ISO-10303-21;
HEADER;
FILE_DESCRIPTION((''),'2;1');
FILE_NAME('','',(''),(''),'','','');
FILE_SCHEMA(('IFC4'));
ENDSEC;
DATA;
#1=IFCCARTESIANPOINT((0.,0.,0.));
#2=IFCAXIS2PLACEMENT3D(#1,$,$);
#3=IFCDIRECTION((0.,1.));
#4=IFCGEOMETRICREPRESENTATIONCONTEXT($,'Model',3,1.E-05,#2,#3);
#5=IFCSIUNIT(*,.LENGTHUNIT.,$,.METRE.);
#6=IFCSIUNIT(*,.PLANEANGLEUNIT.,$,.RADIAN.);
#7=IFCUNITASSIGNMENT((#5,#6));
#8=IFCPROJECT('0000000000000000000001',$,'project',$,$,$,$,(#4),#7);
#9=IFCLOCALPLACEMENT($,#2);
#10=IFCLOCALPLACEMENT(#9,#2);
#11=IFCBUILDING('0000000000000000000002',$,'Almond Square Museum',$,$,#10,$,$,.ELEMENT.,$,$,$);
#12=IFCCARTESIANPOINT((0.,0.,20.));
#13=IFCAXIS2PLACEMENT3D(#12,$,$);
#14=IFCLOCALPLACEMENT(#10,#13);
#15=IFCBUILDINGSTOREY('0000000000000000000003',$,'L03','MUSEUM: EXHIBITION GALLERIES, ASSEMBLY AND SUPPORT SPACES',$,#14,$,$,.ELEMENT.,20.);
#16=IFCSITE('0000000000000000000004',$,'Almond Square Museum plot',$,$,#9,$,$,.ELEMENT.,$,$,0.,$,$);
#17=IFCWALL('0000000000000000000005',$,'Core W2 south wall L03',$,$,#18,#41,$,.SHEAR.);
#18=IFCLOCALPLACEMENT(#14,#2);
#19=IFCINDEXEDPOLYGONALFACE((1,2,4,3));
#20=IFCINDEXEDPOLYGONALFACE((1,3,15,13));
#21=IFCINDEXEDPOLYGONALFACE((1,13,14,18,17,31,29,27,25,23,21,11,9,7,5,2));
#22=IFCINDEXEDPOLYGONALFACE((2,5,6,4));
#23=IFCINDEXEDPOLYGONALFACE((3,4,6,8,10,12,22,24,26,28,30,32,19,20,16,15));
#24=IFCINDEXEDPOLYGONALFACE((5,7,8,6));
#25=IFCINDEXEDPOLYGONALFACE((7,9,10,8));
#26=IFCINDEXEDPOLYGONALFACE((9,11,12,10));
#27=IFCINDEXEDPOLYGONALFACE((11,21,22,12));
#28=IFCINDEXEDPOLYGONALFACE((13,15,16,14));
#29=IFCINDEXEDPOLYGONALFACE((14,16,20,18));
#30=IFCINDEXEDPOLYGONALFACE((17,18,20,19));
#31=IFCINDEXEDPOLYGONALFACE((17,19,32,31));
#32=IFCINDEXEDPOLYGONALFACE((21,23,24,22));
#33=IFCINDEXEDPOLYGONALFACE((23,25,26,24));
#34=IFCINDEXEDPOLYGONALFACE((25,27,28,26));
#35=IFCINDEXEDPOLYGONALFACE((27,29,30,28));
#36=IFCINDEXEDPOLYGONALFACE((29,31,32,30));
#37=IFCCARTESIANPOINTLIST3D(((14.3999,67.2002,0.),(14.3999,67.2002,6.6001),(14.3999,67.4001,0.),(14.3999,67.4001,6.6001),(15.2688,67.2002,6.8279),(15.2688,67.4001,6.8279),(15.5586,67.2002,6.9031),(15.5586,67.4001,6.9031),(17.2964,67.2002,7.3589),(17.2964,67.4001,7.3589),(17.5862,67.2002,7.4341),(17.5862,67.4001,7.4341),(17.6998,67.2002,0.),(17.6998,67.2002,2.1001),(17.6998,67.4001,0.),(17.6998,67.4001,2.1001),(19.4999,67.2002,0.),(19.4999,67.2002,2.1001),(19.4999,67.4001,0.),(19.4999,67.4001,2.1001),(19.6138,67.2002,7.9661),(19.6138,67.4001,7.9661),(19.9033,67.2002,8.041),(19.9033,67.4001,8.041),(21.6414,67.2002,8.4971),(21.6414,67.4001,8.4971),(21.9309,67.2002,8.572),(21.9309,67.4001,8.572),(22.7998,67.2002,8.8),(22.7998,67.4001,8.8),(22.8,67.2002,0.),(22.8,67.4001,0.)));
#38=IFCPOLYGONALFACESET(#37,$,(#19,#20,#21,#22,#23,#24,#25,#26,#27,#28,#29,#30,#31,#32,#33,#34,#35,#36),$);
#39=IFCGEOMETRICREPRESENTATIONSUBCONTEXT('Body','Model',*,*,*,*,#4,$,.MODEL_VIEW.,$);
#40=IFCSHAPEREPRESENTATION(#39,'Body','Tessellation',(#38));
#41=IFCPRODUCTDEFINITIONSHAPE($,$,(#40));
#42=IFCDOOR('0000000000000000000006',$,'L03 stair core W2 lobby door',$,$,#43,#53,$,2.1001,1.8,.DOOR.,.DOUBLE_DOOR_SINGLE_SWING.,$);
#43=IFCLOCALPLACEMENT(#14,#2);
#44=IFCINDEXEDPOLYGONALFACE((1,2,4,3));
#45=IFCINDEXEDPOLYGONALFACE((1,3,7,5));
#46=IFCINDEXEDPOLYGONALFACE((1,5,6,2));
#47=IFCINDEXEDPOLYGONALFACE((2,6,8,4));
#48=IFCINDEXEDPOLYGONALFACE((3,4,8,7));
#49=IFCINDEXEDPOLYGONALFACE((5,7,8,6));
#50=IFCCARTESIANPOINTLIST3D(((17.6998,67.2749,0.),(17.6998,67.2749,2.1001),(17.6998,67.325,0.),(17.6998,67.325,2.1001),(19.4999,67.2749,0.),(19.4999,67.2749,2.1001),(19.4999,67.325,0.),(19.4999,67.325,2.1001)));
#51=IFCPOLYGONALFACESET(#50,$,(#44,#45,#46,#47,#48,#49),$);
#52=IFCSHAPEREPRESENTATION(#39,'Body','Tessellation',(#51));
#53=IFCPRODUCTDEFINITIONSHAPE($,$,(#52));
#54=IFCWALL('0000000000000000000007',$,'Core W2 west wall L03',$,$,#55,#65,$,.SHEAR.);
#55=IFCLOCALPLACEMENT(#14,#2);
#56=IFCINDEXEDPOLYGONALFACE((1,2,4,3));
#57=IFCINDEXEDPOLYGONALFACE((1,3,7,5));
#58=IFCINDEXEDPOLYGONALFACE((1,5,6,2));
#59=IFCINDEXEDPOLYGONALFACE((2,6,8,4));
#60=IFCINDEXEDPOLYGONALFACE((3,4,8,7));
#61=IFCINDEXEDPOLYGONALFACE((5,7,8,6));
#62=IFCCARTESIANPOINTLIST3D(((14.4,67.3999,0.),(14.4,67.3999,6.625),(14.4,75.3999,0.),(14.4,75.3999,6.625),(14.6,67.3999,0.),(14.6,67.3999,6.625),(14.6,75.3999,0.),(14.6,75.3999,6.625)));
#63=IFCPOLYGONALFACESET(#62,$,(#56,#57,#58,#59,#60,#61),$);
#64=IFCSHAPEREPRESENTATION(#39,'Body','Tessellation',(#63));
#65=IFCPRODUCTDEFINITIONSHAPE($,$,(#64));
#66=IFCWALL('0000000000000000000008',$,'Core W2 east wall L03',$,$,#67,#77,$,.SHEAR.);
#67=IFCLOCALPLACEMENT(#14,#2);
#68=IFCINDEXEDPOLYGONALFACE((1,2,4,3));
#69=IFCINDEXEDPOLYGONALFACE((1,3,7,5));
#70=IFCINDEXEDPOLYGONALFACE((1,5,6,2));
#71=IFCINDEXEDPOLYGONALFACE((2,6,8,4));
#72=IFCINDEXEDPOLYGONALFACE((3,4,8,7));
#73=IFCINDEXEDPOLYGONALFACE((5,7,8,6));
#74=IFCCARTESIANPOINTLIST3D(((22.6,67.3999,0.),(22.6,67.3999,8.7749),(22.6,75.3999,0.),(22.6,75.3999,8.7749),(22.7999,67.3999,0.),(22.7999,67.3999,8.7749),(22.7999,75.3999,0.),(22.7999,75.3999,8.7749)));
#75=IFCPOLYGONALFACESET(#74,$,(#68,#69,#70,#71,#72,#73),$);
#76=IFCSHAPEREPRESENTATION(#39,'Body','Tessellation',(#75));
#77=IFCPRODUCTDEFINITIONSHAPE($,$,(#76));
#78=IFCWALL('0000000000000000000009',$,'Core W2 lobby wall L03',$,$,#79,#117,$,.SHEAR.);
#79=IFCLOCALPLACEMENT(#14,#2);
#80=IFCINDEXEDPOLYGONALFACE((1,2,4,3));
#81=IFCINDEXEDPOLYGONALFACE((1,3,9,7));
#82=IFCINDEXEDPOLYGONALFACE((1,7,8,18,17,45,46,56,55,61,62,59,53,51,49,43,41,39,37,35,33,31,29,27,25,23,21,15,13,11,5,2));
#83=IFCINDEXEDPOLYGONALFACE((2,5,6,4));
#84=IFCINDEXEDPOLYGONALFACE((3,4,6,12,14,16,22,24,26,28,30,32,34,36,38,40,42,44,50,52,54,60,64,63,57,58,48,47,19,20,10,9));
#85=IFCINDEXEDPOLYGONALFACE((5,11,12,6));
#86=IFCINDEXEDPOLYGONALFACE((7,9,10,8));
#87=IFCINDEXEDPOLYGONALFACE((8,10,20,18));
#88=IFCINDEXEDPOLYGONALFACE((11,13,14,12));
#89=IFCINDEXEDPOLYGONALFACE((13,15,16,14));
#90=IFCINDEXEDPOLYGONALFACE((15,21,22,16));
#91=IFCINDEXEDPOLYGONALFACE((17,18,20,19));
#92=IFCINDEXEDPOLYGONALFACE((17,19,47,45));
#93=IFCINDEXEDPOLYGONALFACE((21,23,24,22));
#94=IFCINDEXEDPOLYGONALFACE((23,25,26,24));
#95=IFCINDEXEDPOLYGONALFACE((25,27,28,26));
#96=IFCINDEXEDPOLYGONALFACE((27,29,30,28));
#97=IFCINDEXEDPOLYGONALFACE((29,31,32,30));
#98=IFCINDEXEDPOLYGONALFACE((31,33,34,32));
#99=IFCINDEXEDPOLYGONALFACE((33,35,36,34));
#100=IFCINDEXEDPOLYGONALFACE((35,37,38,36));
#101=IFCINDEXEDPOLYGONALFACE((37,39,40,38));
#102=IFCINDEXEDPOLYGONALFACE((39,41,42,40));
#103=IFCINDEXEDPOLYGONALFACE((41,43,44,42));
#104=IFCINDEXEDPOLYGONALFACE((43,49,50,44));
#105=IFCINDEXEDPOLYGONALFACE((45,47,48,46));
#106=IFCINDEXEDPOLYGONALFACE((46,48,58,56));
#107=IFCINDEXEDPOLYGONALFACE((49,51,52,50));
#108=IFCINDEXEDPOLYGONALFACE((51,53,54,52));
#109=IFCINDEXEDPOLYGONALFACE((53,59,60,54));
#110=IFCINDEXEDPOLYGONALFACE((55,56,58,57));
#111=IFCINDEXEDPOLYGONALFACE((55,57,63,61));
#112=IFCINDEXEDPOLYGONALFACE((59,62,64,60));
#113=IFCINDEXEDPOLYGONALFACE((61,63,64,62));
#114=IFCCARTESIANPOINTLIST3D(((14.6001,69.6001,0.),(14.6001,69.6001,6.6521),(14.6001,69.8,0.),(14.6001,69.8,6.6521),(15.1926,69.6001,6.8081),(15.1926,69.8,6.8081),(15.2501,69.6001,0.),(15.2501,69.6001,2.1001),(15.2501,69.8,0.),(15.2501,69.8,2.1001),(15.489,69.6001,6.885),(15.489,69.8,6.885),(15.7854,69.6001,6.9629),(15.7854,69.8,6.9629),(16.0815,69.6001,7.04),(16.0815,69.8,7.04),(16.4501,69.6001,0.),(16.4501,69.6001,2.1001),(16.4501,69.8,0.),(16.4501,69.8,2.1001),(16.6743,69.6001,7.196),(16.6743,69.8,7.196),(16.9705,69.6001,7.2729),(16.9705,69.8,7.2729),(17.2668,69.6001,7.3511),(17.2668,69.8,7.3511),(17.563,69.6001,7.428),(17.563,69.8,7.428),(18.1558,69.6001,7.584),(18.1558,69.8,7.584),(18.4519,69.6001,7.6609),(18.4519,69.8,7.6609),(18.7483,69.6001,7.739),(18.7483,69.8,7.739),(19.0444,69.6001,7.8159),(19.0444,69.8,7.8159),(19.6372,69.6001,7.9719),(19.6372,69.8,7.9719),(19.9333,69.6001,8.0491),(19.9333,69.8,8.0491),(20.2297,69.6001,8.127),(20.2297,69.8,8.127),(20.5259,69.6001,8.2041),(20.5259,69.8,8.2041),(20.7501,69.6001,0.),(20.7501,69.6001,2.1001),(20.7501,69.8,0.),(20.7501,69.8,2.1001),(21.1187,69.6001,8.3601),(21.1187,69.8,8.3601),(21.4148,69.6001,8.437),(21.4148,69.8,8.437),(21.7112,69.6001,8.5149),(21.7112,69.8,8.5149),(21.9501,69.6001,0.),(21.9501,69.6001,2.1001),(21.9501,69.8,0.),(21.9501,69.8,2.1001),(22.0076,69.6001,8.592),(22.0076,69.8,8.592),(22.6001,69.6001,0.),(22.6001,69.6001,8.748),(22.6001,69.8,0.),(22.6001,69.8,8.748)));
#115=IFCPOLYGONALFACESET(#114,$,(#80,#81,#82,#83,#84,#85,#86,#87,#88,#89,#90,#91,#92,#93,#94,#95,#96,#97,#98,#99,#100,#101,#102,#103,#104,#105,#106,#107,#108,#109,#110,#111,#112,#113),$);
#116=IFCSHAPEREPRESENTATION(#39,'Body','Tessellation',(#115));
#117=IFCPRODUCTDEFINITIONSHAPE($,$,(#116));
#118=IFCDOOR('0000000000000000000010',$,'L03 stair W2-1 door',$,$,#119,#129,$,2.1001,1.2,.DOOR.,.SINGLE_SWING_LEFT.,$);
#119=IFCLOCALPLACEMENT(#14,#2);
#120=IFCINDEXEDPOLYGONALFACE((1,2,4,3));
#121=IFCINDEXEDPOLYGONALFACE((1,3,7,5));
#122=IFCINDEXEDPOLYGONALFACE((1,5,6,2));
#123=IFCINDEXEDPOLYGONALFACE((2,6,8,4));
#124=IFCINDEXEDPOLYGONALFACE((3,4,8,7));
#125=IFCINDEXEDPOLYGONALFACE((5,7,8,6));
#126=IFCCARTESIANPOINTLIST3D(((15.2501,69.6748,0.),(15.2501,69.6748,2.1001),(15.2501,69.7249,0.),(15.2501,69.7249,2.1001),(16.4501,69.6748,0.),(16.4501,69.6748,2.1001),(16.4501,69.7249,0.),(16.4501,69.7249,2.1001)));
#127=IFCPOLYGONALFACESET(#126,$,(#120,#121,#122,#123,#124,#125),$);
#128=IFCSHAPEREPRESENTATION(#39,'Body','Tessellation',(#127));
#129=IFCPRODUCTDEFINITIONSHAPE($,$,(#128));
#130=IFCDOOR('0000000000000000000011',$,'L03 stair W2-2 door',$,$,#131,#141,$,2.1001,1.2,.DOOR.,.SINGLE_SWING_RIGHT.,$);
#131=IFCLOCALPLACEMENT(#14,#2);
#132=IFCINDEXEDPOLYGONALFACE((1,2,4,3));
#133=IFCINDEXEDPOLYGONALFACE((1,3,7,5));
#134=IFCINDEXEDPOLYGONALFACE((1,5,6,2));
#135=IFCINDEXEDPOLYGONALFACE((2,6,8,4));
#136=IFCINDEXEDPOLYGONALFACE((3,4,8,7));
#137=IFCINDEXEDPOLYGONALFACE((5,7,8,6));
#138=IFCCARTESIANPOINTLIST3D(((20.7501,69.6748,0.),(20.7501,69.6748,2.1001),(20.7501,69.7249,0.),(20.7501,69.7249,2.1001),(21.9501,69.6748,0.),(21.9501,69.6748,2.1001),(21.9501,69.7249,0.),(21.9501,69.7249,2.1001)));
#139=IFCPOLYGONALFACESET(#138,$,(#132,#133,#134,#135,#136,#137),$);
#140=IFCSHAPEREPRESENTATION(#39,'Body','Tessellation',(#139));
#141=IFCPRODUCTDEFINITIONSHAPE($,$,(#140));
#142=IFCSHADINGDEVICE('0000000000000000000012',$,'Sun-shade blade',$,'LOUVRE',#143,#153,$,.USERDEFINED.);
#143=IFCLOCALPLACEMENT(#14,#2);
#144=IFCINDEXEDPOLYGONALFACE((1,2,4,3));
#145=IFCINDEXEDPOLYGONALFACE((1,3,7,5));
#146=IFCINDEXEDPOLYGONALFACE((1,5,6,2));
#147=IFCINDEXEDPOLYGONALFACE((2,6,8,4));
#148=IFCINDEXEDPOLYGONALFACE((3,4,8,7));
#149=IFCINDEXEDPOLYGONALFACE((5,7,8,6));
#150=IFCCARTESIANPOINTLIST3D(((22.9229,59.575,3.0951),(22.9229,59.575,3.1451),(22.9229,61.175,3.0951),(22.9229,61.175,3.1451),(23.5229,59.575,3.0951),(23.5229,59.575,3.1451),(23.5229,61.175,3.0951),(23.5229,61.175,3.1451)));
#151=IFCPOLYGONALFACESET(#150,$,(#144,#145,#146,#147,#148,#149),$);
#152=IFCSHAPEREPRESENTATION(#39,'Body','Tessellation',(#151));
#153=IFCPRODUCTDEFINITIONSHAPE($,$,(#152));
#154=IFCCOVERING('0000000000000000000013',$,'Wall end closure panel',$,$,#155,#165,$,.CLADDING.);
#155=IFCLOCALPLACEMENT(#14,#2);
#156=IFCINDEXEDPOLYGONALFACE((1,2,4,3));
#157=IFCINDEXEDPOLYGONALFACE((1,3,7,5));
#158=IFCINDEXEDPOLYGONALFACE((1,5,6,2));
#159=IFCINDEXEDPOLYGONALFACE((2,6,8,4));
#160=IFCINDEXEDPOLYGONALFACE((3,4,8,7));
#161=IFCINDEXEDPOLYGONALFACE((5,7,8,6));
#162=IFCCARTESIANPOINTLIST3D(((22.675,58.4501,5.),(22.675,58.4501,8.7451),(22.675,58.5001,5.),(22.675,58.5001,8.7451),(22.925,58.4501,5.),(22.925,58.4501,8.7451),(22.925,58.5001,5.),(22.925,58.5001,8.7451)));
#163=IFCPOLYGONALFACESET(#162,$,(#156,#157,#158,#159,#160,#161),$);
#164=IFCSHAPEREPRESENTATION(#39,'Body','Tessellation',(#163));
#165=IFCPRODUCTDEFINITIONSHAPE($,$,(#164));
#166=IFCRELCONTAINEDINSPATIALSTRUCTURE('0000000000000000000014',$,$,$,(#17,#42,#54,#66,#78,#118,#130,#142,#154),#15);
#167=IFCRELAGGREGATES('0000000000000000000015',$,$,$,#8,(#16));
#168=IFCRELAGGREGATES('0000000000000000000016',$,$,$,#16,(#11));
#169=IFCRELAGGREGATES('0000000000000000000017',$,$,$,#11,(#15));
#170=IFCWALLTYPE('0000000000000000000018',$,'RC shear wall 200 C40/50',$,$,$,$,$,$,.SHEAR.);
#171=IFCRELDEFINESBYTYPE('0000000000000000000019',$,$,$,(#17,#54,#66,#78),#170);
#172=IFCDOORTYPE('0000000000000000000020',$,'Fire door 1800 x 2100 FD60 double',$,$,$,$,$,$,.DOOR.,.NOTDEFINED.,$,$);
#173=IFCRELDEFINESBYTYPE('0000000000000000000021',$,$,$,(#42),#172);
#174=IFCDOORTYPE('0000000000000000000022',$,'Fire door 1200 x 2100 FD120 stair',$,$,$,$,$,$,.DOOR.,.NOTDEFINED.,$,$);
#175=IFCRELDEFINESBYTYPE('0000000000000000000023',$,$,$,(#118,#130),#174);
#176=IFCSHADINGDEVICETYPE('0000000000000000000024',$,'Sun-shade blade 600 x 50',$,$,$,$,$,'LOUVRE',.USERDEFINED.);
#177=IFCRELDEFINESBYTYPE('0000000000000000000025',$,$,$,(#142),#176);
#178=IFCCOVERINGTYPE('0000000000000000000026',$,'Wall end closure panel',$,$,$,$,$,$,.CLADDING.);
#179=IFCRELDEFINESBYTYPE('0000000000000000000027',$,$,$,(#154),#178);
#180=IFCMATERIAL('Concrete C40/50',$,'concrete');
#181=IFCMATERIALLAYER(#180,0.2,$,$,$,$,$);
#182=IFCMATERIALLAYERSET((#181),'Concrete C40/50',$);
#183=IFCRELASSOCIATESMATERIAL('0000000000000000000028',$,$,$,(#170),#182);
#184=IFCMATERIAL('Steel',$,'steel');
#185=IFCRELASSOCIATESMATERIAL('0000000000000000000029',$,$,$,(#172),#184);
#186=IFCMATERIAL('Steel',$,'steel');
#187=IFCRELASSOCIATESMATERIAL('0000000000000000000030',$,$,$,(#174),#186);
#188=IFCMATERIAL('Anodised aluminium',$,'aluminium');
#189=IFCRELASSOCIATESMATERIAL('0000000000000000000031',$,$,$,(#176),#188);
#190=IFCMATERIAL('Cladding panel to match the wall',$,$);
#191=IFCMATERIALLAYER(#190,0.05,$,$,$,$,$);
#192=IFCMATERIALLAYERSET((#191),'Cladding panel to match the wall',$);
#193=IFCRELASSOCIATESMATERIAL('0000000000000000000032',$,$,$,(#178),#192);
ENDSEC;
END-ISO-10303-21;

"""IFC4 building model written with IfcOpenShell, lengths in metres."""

from ifc_helpers import new_model, si_unit, direction, frame, frame_2d, origin, origin_2d, place, context, subcontext, project, spatial, polyline, rectangle, outline, extrude, material, layer, layer_set, material_profile, profile_set, type_object, element, fill, save


model = new_model("IFC4")

# Units and contexts
model_context = context("Model", 3, precision=1e-05, world=origin(), true_north=direction((0.0, 1.0)))
body_context = subcontext(model_context, "Body", "Model", "MODEL_VIEW")
ifc_project = project(units=[si_unit("LENGTHUNIT", "METRE"), si_unit("PLANEANGLEUNIT", "RADIAN")], contexts=[model_context])

# Site, building, storey
site_placement = place(None, origin())
site = spatial("IfcSite", under=ifc_project, at=site_placement, Name="Almond Square Museum plot", CompositionType="ELEMENT", RefElevation=0.0)
building_placement = place(site_placement, origin())
building = spatial("IfcBuilding", under=site, at=building_placement, Name="Almond Square Museum", CompositionType="ELEMENT")
storey_placement = place(building_placement, frame((0.0, 0.0, 20.0)))
storey = spatial("IfcBuildingStorey", under=building, at=storey_placement, Name="L03", Description="MUSEUM: EXHIBITION GALLERIES, ASSEMBLY AND SUPPORT SPACES", CompositionType="ELEMENT", Elevation=20.0)

# Wall, opening, door
ifc_material_1 = material(Name="Concrete C40/50", Category="concrete")
ifc_layer_1 = layer(ifc_material_1, 0.2)
ifc_layer_set_1 = layer_set([ifc_layer_1], Name="Concrete C40/50")
wall_type_1 = type_object("IfcWallType", Name="RC shear wall 200 C40/50", PredefinedType="SHEAR", material=ifc_layer_set_1)
wall_1_placement = place(storey_placement, frame((14.3999, 67.3, 0.0), z_axis=(0.0, 0.0, 1.0), x_axis=(1.0, 0.0, 0.0)))
wall_1 = element("IfcWall", 1, at=wall_1_placement, inside=storey, type_object=wall_type_1, Name="Core W2 south wall L03", PredefinedType="SHEAR", context=body_context, shape_type="SweptSolid", body=[
    extrude(outline(polyline([(0.0, 0.0), (8.4001, 0.0), (8.3999, 8.8), (7.531, 8.572), (7.2415, 8.4971), (5.5034, 8.041), (5.2139, 7.9661), (3.1863, 7.4341), (2.8965, 7.3589), (1.1587, 6.9031), (0.8689, 6.8279), (0.0, 6.6001), (0.0, 0.0)])), frame((0.0, 0.1001, 0.0), z_axis=(0.0, -1.0, 0.0), x_axis=(1.0, 0.0, 0.0)), (0.0, 0.0, 1.0), 0.2),
])
opening_1_placement = place(wall_1_placement, frame((3.3, 0.0, 0.0)))
opening_1 = element("IfcOpeningElement", 2, at=opening_1_placement, cuts=wall_1, PredefinedType="OPENING", context=body_context, shape_type="SweptSolid", body=[
    extrude(rectangle(XDim=1.8, YDim=2.1001, at=frame_2d((0.8999, 1.05))), frame((0.0, 0.1099, 0.0), z_axis=(0.0, -1.0, 0.0), x_axis=(1.0, 0.0, 0.0)), (0.0, 0.0, 1.0), 0.22),
])
ifc_material_2 = material(Name="Steel", Category="steel")
door_type_1 = type_object("IfcDoorType", Name="Fire door 1800 x 2100 FD60 double", OperationType="NOTDEFINED", PredefinedType="DOOR", material=ifc_material_2)
door_1_placement = place(opening_1_placement, origin())
door_1 = element("IfcDoor", 3, at=door_1_placement, inside=storey, type_object=door_type_1, Name="L03 stair core W2 lobby door", OperationType="DOUBLE_DOOR_SINGLE_SWING", OverallHeight=2.1001, OverallWidth=1.8, PredefinedType="DOOR", context=body_context, shape_type="SweptSolid", body=[
    extrude(rectangle(XDim=1.8, YDim=2.1001, at=frame_2d((0.8999, 1.05))), frame((0.0, 0.0249, 0.0), z_axis=(0.0, -1.0, 0.0), x_axis=(1.0, 0.0, 0.0)), (0.0, 0.0, 1.0), 0.05),
])
fill(opening_1, door_1)

# Walls
wall_2_placement = place(storey_placement, frame((14.5, 67.3999, 0.0), z_axis=(0.0, 0.0, 1.0), x_axis=(0.0, 1.0, 0.0)))
element("IfcWall", 4, at=wall_2_placement, inside=storey, type_object=wall_type_1, Name="Core W2 west wall L03", PredefinedType="SHEAR", context=body_context, shape_type="SweptSolid", body=[
    extrude(rectangle(XDim=8.0, YDim=0.2, at=frame_2d((4.0, 0.0))), origin(), (0.0, 0.0, 1.0), 6.625),
])
wall_3_placement = place(storey_placement, frame((22.7, 67.3999, 0.0), z_axis=(0.0, 0.0, 1.0), x_axis=(0.0, 1.0, 0.0)))
element("IfcWall", 5, at=wall_3_placement, inside=storey, type_object=wall_type_1, Name="Core W2 east wall L03", PredefinedType="SHEAR", context=body_context, shape_type="SweptSolid", body=[
    extrude(rectangle(XDim=8.0, YDim=0.2, at=frame_2d((4.0, 0.0))), origin(), (0.0, 0.0, 1.0), 8.7749),
])

# Wall, openings, doors
wall_4_placement = place(storey_placement, frame((14.6001, 69.7, 0.0), z_axis=(0.0, 0.0, 1.0), x_axis=(1.0, 0.0, 0.0)))
wall_4 = element("IfcWall", 6, at=wall_4_placement, inside=storey, type_object=wall_type_1, Name="Core W2 lobby wall L03", PredefinedType="SHEAR", context=body_context, shape_type="SweptSolid", body=[
    extrude(outline(polyline([(0.0, 0.0), (8.0, 0.0), (8.0, 8.748), (7.4075, 8.592), (7.1111, 8.5149), (6.8147, 8.437), (6.5186, 8.3601), (5.9258, 8.2041), (5.6296, 8.127), (5.3333, 8.0491), (5.0371, 7.9719), (4.4443, 7.8159), (4.1482, 7.739), (3.8518, 7.6609), (3.5557, 7.584), (2.9629, 7.428), (2.6667, 7.3511), (2.3704, 7.2729), (2.0742, 7.196), (1.4814, 7.04), (1.1853, 6.9629), (0.8889, 6.885), (0.5925, 6.8081), (0.0, 6.6521), (0.0, 0.0)])), frame((0.0, 0.1001, 0.0), z_axis=(0.0, -1.0, 0.0), x_axis=(1.0, 0.0, 0.0)), (0.0, 0.0, 1.0), 0.2),
])
opening_2_placement = place(wall_4_placement, frame((0.6499, 0.0, 0.0)))
opening_2 = element("IfcOpeningElement", 7, at=opening_2_placement, cuts=wall_4, PredefinedType="OPENING", context=body_context, shape_type="SweptSolid", body=[
    extrude(rectangle(XDim=1.2, YDim=2.1001, at=frame_2d((0.6001, 1.05))), frame((0.0, 0.1099, 0.0), z_axis=(0.0, -1.0, 0.0), x_axis=(1.0, 0.0, 0.0)), (0.0, 0.0, 1.0), 0.22),
])
opening_3_placement = place(wall_4_placement, frame((6.1499, 0.0, 0.0)))
opening_3 = element("IfcOpeningElement", 8, at=opening_3_placement, cuts=wall_4, PredefinedType="OPENING", context=body_context, shape_type="SweptSolid", body=[
    extrude(rectangle(XDim=1.2, YDim=2.1001, at=frame_2d((0.6001, 1.05))), frame((0.0, 0.1099, 0.0), z_axis=(0.0, -1.0, 0.0), x_axis=(1.0, 0.0, 0.0)), (0.0, 0.0, 1.0), 0.22),
])
ifc_material_3 = material(Name="Steel", Category="steel")
door_type_2 = type_object("IfcDoorType", Name="Fire door 1200 x 2100 FD120 stair", OperationType="NOTDEFINED", PredefinedType="DOOR", material=ifc_material_3)
door_2_placement = place(opening_2_placement, origin())
door_2 = element("IfcDoor", 9, at=door_2_placement, inside=storey, type_object=door_type_2, Name="L03 stair W2-1 door", OperationType="SINGLE_SWING_LEFT", OverallHeight=2.1001, OverallWidth=1.2, PredefinedType="DOOR", context=body_context, shape_type="SweptSolid", body=[
    extrude(rectangle(XDim=1.2, YDim=2.1001, at=frame_2d((0.6001, 1.05))), frame((0.0, 0.0249, 0.0), z_axis=(0.0, -1.0, 0.0), x_axis=(1.0, 0.0, 0.0)), (0.0, 0.0, 1.0), 0.05),
])
fill(opening_2, door_2)
door_3_placement = place(opening_3_placement, origin())
door_3 = element("IfcDoor", 10, at=door_3_placement, inside=storey, type_object=door_type_2, Name="L03 stair W2-2 door", OperationType="SINGLE_SWING_RIGHT", OverallHeight=2.1001, OverallWidth=1.2, PredefinedType="DOOR", context=body_context, shape_type="SweptSolid", body=[
    extrude(rectangle(XDim=1.2, YDim=2.1001, at=frame_2d((0.6001, 1.05))), frame((0.0, 0.0249, 0.0), z_axis=(0.0, -1.0, 0.0), x_axis=(1.0, 0.0, 0.0)), (0.0, 0.0, 1.0), 0.05),
])
fill(opening_3, door_3)

# Shading device
ifc_material_4 = material(Name="Anodised aluminium", Category="aluminium")
ifc_material_profile_1 = material_profile(ifc_material_4, rectangle(XDim=0.6001, YDim=0.05, at=origin_2d()))
ifc_profile_set_1 = profile_set([ifc_material_profile_1], Name="Anodised aluminium")
shading_device_type = type_object("IfcShadingDeviceType", Name="Sun-shade blade 600 x 50", ElementType="LOUVRE", PredefinedType="USERDEFINED", material=ifc_profile_set_1)
shading_device_placement = place(storey_placement, frame((23.2229, 59.575, 3.1201), z_axis=(0.0, 1.0, 0.0), x_axis=(-1.0, 0.0, 0.0)))
element("IfcShadingDevice", 11, at=shading_device_placement, inside=storey, type_object=shading_device_type, Name="Sun-shade blade", ObjectType="LOUVRE", PredefinedType="USERDEFINED", context=body_context, shape_type="SweptSolid", body=[
    extrude(rectangle(XDim=0.6001, YDim=0.05, at=origin_2d()), origin(), (0.0, 0.0, 1.0), 1.6001),
])

# Covering
ifc_material_5 = material(Name="Cladding panel to match the wall")
ifc_layer_2 = layer(ifc_material_5, 0.05)
ifc_layer_set_2 = layer_set([ifc_layer_2], Name="Cladding panel to match the wall")
covering_type = type_object("IfcCoveringType", Name="Wall end closure panel", PredefinedType="CLADDING", material=ifc_layer_set_2)
for number, where, z_axis, x_axis, name in (
    (12, (22.8, 58.4751, 5.0), (0.0, 0.0, 1.0), (1.0, 0.0, 0.0), "Wall end closure panel"),
):
    element("IfcCovering", number, at=place(storey_placement, frame(where, z_axis=z_axis, x_axis=x_axis)), inside=storey, type_object=covering_type, Name=name, PredefinedType="CLADDING", context=body_context, shape_type="SweptSolid", body=[
        extrude(rectangle(XDim=0.25, YDim=0.05, at=origin_2d()), origin(), (0.0, 0.0, 1.0), 3.7451),
    ])

save(model, "model.ifc")
